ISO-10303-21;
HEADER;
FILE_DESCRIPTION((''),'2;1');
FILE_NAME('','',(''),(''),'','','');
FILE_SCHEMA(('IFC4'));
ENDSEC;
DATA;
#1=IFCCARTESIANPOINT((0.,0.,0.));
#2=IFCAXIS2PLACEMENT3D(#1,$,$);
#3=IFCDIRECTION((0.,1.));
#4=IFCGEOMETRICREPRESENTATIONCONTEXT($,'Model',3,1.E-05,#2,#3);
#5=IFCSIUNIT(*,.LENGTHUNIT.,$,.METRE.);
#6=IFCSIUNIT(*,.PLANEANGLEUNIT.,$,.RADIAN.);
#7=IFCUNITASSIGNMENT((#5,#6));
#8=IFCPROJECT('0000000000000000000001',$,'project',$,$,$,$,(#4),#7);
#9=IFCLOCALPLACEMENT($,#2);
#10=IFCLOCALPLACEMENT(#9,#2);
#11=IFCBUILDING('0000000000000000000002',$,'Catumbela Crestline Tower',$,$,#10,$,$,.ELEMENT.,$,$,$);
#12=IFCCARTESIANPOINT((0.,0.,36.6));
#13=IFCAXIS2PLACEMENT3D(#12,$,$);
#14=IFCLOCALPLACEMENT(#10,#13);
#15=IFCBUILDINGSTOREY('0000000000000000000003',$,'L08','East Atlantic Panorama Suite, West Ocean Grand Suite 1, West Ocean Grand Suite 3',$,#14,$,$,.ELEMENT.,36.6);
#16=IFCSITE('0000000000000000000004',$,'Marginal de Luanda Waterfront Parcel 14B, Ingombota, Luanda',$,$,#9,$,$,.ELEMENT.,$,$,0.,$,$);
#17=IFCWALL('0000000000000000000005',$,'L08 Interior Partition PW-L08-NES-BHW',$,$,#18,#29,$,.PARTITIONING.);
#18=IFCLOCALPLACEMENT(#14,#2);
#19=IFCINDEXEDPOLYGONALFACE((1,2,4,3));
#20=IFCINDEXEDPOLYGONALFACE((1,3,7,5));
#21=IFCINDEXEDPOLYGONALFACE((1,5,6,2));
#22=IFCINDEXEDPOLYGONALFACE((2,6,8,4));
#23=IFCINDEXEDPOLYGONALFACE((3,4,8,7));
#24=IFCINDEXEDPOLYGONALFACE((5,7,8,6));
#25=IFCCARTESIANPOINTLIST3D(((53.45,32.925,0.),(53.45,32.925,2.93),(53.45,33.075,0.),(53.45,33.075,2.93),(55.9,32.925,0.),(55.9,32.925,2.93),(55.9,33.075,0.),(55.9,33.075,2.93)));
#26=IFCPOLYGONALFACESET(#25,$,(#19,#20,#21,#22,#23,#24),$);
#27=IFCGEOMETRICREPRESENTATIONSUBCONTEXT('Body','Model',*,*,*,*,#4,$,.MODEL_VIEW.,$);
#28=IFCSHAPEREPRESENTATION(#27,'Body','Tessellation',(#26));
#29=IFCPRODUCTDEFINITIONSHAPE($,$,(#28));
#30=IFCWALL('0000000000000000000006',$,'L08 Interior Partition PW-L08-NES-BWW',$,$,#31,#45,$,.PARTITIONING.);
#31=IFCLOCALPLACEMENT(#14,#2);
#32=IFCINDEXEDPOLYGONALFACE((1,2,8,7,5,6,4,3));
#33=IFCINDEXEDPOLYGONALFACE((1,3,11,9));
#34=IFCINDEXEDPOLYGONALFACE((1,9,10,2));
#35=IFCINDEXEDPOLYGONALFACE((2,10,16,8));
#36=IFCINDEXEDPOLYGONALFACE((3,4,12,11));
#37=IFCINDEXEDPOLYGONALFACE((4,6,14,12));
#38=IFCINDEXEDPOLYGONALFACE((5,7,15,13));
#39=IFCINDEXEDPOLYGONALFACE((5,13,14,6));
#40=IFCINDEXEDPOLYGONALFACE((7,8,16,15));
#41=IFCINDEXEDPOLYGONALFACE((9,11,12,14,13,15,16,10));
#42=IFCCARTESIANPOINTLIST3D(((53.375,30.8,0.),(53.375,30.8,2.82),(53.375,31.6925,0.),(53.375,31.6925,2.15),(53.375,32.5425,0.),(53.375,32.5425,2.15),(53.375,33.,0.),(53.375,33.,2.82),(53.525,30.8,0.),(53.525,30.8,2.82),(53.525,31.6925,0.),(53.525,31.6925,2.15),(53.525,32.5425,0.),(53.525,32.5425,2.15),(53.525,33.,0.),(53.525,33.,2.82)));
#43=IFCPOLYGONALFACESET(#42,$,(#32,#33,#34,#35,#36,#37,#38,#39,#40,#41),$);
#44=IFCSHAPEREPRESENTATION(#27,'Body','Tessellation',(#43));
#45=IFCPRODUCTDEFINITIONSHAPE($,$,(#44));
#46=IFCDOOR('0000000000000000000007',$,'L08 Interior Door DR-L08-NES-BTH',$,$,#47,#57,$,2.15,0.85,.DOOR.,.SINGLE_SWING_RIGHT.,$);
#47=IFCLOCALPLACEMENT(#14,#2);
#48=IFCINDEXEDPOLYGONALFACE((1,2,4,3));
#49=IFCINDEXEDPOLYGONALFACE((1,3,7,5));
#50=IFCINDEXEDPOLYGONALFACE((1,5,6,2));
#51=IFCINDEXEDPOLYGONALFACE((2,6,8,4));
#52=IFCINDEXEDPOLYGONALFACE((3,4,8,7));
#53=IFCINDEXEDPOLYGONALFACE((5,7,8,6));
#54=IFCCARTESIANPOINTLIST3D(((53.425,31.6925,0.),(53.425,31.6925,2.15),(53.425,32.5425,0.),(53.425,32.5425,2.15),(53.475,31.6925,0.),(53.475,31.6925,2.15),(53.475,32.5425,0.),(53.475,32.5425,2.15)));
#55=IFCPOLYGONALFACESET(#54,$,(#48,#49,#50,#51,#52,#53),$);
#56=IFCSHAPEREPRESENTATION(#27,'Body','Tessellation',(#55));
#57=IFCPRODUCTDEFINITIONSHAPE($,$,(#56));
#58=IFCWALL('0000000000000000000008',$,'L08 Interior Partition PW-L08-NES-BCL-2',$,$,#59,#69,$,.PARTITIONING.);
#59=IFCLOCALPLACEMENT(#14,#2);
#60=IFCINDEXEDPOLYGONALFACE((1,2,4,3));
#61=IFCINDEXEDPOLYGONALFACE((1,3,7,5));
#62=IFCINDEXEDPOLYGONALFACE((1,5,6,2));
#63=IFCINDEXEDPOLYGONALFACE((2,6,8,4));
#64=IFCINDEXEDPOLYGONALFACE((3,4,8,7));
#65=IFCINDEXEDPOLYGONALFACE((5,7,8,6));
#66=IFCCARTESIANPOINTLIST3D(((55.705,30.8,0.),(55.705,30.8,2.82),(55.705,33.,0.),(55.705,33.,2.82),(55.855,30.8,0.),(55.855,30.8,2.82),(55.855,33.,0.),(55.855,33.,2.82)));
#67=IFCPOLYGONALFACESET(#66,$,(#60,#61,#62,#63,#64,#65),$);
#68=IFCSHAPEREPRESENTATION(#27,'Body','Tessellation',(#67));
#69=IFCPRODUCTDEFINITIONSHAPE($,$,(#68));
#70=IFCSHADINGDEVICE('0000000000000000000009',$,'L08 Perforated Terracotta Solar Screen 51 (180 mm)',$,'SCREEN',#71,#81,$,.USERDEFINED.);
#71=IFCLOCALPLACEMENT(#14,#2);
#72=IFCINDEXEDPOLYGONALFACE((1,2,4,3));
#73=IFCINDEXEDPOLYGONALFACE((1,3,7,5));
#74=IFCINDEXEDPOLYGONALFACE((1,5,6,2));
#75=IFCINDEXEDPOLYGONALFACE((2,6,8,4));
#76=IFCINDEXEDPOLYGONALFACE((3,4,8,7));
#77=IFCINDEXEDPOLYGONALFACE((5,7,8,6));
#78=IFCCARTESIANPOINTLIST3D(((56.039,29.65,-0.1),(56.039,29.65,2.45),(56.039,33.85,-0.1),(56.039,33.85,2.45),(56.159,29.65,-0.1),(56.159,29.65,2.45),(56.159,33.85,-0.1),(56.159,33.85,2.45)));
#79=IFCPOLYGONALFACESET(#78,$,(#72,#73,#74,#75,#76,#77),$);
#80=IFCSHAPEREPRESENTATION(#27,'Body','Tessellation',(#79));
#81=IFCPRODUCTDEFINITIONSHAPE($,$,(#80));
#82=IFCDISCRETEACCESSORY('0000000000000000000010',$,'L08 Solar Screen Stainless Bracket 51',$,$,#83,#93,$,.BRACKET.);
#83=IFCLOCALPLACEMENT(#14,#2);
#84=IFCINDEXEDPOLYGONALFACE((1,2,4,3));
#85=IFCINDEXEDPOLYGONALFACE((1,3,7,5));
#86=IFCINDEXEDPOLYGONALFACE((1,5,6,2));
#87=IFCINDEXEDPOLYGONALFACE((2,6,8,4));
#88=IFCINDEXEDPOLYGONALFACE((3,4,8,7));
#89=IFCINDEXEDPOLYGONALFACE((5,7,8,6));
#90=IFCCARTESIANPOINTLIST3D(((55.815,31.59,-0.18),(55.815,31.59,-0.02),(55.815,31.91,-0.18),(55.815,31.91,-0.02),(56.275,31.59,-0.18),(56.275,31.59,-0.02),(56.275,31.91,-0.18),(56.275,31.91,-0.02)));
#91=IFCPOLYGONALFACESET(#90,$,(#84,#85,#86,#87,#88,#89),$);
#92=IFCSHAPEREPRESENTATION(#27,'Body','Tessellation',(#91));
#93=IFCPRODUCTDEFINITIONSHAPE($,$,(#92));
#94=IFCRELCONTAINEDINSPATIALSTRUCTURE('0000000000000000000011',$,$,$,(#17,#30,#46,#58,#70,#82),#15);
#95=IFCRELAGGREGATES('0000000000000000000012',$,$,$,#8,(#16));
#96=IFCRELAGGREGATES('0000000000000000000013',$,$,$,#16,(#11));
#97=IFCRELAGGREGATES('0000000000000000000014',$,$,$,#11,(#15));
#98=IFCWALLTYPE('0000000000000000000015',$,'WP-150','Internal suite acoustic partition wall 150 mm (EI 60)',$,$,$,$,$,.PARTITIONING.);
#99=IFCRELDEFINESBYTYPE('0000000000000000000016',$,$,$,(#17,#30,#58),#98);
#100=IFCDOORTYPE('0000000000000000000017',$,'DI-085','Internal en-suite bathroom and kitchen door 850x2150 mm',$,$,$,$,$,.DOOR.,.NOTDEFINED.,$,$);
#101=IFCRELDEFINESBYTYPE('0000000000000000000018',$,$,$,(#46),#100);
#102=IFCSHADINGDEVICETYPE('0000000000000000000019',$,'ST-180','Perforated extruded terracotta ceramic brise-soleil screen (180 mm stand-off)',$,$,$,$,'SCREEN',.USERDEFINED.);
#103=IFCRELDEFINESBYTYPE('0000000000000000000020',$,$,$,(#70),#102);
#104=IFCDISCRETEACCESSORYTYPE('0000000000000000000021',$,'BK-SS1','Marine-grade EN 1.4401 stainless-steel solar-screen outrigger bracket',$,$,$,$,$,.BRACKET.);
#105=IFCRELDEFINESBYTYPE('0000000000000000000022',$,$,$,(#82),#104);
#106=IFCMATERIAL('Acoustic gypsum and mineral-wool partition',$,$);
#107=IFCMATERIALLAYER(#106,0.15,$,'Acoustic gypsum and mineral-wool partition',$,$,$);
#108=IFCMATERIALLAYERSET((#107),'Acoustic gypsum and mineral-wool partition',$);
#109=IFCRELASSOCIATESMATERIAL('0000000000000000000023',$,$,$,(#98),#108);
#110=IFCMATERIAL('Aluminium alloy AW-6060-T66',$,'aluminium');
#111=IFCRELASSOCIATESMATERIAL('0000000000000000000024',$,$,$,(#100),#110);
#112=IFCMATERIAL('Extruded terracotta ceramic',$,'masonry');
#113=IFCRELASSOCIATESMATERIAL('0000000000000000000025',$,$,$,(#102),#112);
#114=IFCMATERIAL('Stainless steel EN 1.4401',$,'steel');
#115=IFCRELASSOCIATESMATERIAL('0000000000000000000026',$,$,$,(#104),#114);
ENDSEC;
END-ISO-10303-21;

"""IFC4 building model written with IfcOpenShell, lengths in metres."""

from ifc_helpers import new_model, si_unit, direction, frame, frame_2d, origin, origin_2d, place, context, subcontext, project, spatial, rectangle, extrude, material, layer, layer_set, type_object, element, fill, save


model = new_model("IFC4")

# Units and contexts
model_context = context("Model", 3, precision=1e-05, world=origin(), true_north=direction((0.0, 1.0)))
body_context = subcontext(model_context, "Body", "Model", "MODEL_VIEW")
ifc_project = project(units=[si_unit("LENGTHUNIT", "METRE"), si_unit("PLANEANGLEUNIT", "RADIAN")], contexts=[model_context])

# Site, building, storey
site_placement = place(None, origin())
site = spatial("IfcSite", under=ifc_project, at=site_placement, Name="Marginal de Luanda Waterfront Parcel 14B, Ingombota, Luanda", CompositionType="ELEMENT", RefElevation=0.0)
building_placement = place(site_placement, origin())
building = spatial("IfcBuilding", under=site, at=building_placement, Name="Catumbela Crestline Tower", CompositionType="ELEMENT")
storey_placement = place(building_placement, frame((0.0, 0.0, 36.6)))
storey = spatial("IfcBuildingStorey", under=building, at=storey_placement, Name="L08", Description="East Atlantic Panorama Suite, West Ocean Grand Suite 1, West Ocean Grand Suite 3", CompositionType="ELEMENT", Elevation=36.6)

# Shared definitions
ifc_material_1 = material(Name="Aluminium alloy AW-6060-T66", Category="aluminium")

# Shared definitions
ifc_material_2 = material(Name="Acoustic gypsum and mineral-wool partition")

# Wall
ifc_layer_1 = layer(ifc_material_2, 0.15, Name="Acoustic gypsum and mineral-wool partition")
ifc_layer_set_1 = layer_set([ifc_layer_1], Name="Acoustic gypsum and mineral-wool partition")
wall_type_1 = type_object("IfcWallType", Name="WP-150", Description="Internal suite acoustic partition wall 150 mm (EI 60)", PredefinedType="PARTITIONING", material=ifc_layer_set_1)
wall_1_placement = place(storey_placement, frame((53.45, 33.0, 0.0), z_axis=(0.0, 0.0, 1.0), x_axis=(1.0, 0.0, 0.0)))
element("IfcWall", 1, at=wall_1_placement, inside=storey, type_object=wall_type_1, Name="L08 Interior Partition PW-L08-NES-BHW", PredefinedType="PARTITIONING", context=body_context, shape_type="SweptSolid", body=[
    extrude(rectangle(XDim=2.45, YDim=0.15, at=frame_2d((1.225, 0.0))), origin(), (0.0, 0.0, 1.0), 2.93),
])

# Wall, opening, door
wall_2_placement = place(storey_placement, frame((53.45, 30.8, 0.0), z_axis=(0.0, 0.0, 1.0), x_axis=(0.0, 1.0, 0.0)))
wall_2 = element("IfcWall", 2, at=wall_2_placement, inside=storey, type_object=wall_type_1, Name="L08 Interior Partition PW-L08-NES-BWW", PredefinedType="PARTITIONING", context=body_context, shape_type="SweptSolid", body=[
    extrude(rectangle(XDim=2.2, YDim=0.15, at=frame_2d((1.1, 0.0))), origin(), (0.0, 0.0, 1.0), 2.82),
])
opening_1_placement = place(wall_2_placement, frame((0.8925, 0.0, 0.0)))
opening_1 = element("IfcOpeningElement", 3, at=opening_1_placement, cuts=wall_2, PredefinedType="OPENING", context=body_context, shape_type="SweptSolid", body=[
    extrude(rectangle(XDim=0.85, YDim=2.15, at=frame_2d((0.425, 1.075))), frame((0.0, 0.085, 0.0), z_axis=(0.0, -1.0, 0.0), x_axis=(1.0, 0.0, 0.0)), (0.0, 0.0, 1.0), 0.17),
])
door_type_1 = type_object("IfcDoorType", Name="DI-085", Description="Internal en-suite bathroom and kitchen door 850x2150 mm", OperationType="NOTDEFINED", PredefinedType="DOOR", material=ifc_material_1)
door_1_placement = place(opening_1_placement, origin())
door_1 = element("IfcDoor", 4, at=door_1_placement, inside=storey, type_object=door_type_1, Name="L08 Interior Door DR-L08-NES-BTH", OperationType="SINGLE_SWING_RIGHT", OverallHeight=2.15, OverallWidth=0.85, PredefinedType="DOOR", context=body_context, shape_type="SweptSolid", body=[
    extrude(rectangle(XDim=0.85, YDim=2.15, at=frame_2d((0.425, 1.075))), frame((0.0, 0.025, 0.0), z_axis=(0.0, -1.0, 0.0), x_axis=(1.0, 0.0, 0.0)), (0.0, 0.0, 1.0), 0.05),
])
fill(opening_1, door_1)

# Wall
wall_3_placement = place(storey_placement, frame((55.78, 33.0, 0.0), z_axis=(0.0, 0.0, 1.0), x_axis=(0.0, -1.0, 0.0)))
element("IfcWall", 5, at=wall_3_placement, inside=storey, type_object=wall_type_1, Name="L08 Interior Partition PW-L08-NES-BCL-2", PredefinedType="PARTITIONING", context=body_context, shape_type="SweptSolid", body=[
    extrude(rectangle(XDim=2.2, YDim=0.15, at=frame_2d((1.1, 0.0))), origin(), (0.0, 0.0, 1.0), 2.82),
])

# Shading device
ifc_material_3 = material(Name="Extruded terracotta ceramic", Category="masonry")
shading_device_type = type_object("IfcShadingDeviceType", Name="ST-180", Description="Perforated extruded terracotta ceramic brise-soleil screen (180 mm stand-off)", ElementType="SCREEN", PredefinedType="USERDEFINED", material=ifc_material_3)
shading_device_placement = place(storey_placement, frame((56.099, 31.75, -0.1), z_axis=(0.0, 0.0, 1.0), x_axis=(0.0, 1.0, 0.0)))
element("IfcShadingDevice", 6, at=shading_device_placement, inside=storey, type_object=shading_device_type, Name="L08 Perforated Terracotta Solar Screen 51 (180 mm)", ObjectType="SCREEN", PredefinedType="USERDEFINED", context=body_context, shape_type="SweptSolid", body=[
    extrude(rectangle(XDim=4.2, YDim=0.12, at=origin_2d()), origin(), (0.0, 0.0, 1.0), 2.55),
])

# Discrete accessory
ifc_material_4 = material(Name="Stainless steel EN 1.4401", Category="steel")
discrete_accessory_type = type_object("IfcDiscreteAccessoryType", Name="BK-SS1", Description="Marine-grade EN 1.4401 stainless-steel solar-screen outrigger bracket", PredefinedType="BRACKET", material=ifc_material_4)
discrete_accessory_placement = place(storey_placement, frame((56.045, 31.75, -0.18), z_axis=(0.0, 0.0, 1.0), x_axis=(0.0, 1.0, 0.0)))
element("IfcDiscreteAccessory", 7, at=discrete_accessory_placement, inside=storey, type_object=discrete_accessory_type, Name="L08 Solar Screen Stainless Bracket 51", PredefinedType="BRACKET", context=body_context, shape_type="SweptSolid", body=[
    extrude(rectangle(XDim=0.32, YDim=0.46, at=origin_2d()), origin(), (0.0, 0.0, 1.0), 0.16),
])

save(model, "model.ifc")
